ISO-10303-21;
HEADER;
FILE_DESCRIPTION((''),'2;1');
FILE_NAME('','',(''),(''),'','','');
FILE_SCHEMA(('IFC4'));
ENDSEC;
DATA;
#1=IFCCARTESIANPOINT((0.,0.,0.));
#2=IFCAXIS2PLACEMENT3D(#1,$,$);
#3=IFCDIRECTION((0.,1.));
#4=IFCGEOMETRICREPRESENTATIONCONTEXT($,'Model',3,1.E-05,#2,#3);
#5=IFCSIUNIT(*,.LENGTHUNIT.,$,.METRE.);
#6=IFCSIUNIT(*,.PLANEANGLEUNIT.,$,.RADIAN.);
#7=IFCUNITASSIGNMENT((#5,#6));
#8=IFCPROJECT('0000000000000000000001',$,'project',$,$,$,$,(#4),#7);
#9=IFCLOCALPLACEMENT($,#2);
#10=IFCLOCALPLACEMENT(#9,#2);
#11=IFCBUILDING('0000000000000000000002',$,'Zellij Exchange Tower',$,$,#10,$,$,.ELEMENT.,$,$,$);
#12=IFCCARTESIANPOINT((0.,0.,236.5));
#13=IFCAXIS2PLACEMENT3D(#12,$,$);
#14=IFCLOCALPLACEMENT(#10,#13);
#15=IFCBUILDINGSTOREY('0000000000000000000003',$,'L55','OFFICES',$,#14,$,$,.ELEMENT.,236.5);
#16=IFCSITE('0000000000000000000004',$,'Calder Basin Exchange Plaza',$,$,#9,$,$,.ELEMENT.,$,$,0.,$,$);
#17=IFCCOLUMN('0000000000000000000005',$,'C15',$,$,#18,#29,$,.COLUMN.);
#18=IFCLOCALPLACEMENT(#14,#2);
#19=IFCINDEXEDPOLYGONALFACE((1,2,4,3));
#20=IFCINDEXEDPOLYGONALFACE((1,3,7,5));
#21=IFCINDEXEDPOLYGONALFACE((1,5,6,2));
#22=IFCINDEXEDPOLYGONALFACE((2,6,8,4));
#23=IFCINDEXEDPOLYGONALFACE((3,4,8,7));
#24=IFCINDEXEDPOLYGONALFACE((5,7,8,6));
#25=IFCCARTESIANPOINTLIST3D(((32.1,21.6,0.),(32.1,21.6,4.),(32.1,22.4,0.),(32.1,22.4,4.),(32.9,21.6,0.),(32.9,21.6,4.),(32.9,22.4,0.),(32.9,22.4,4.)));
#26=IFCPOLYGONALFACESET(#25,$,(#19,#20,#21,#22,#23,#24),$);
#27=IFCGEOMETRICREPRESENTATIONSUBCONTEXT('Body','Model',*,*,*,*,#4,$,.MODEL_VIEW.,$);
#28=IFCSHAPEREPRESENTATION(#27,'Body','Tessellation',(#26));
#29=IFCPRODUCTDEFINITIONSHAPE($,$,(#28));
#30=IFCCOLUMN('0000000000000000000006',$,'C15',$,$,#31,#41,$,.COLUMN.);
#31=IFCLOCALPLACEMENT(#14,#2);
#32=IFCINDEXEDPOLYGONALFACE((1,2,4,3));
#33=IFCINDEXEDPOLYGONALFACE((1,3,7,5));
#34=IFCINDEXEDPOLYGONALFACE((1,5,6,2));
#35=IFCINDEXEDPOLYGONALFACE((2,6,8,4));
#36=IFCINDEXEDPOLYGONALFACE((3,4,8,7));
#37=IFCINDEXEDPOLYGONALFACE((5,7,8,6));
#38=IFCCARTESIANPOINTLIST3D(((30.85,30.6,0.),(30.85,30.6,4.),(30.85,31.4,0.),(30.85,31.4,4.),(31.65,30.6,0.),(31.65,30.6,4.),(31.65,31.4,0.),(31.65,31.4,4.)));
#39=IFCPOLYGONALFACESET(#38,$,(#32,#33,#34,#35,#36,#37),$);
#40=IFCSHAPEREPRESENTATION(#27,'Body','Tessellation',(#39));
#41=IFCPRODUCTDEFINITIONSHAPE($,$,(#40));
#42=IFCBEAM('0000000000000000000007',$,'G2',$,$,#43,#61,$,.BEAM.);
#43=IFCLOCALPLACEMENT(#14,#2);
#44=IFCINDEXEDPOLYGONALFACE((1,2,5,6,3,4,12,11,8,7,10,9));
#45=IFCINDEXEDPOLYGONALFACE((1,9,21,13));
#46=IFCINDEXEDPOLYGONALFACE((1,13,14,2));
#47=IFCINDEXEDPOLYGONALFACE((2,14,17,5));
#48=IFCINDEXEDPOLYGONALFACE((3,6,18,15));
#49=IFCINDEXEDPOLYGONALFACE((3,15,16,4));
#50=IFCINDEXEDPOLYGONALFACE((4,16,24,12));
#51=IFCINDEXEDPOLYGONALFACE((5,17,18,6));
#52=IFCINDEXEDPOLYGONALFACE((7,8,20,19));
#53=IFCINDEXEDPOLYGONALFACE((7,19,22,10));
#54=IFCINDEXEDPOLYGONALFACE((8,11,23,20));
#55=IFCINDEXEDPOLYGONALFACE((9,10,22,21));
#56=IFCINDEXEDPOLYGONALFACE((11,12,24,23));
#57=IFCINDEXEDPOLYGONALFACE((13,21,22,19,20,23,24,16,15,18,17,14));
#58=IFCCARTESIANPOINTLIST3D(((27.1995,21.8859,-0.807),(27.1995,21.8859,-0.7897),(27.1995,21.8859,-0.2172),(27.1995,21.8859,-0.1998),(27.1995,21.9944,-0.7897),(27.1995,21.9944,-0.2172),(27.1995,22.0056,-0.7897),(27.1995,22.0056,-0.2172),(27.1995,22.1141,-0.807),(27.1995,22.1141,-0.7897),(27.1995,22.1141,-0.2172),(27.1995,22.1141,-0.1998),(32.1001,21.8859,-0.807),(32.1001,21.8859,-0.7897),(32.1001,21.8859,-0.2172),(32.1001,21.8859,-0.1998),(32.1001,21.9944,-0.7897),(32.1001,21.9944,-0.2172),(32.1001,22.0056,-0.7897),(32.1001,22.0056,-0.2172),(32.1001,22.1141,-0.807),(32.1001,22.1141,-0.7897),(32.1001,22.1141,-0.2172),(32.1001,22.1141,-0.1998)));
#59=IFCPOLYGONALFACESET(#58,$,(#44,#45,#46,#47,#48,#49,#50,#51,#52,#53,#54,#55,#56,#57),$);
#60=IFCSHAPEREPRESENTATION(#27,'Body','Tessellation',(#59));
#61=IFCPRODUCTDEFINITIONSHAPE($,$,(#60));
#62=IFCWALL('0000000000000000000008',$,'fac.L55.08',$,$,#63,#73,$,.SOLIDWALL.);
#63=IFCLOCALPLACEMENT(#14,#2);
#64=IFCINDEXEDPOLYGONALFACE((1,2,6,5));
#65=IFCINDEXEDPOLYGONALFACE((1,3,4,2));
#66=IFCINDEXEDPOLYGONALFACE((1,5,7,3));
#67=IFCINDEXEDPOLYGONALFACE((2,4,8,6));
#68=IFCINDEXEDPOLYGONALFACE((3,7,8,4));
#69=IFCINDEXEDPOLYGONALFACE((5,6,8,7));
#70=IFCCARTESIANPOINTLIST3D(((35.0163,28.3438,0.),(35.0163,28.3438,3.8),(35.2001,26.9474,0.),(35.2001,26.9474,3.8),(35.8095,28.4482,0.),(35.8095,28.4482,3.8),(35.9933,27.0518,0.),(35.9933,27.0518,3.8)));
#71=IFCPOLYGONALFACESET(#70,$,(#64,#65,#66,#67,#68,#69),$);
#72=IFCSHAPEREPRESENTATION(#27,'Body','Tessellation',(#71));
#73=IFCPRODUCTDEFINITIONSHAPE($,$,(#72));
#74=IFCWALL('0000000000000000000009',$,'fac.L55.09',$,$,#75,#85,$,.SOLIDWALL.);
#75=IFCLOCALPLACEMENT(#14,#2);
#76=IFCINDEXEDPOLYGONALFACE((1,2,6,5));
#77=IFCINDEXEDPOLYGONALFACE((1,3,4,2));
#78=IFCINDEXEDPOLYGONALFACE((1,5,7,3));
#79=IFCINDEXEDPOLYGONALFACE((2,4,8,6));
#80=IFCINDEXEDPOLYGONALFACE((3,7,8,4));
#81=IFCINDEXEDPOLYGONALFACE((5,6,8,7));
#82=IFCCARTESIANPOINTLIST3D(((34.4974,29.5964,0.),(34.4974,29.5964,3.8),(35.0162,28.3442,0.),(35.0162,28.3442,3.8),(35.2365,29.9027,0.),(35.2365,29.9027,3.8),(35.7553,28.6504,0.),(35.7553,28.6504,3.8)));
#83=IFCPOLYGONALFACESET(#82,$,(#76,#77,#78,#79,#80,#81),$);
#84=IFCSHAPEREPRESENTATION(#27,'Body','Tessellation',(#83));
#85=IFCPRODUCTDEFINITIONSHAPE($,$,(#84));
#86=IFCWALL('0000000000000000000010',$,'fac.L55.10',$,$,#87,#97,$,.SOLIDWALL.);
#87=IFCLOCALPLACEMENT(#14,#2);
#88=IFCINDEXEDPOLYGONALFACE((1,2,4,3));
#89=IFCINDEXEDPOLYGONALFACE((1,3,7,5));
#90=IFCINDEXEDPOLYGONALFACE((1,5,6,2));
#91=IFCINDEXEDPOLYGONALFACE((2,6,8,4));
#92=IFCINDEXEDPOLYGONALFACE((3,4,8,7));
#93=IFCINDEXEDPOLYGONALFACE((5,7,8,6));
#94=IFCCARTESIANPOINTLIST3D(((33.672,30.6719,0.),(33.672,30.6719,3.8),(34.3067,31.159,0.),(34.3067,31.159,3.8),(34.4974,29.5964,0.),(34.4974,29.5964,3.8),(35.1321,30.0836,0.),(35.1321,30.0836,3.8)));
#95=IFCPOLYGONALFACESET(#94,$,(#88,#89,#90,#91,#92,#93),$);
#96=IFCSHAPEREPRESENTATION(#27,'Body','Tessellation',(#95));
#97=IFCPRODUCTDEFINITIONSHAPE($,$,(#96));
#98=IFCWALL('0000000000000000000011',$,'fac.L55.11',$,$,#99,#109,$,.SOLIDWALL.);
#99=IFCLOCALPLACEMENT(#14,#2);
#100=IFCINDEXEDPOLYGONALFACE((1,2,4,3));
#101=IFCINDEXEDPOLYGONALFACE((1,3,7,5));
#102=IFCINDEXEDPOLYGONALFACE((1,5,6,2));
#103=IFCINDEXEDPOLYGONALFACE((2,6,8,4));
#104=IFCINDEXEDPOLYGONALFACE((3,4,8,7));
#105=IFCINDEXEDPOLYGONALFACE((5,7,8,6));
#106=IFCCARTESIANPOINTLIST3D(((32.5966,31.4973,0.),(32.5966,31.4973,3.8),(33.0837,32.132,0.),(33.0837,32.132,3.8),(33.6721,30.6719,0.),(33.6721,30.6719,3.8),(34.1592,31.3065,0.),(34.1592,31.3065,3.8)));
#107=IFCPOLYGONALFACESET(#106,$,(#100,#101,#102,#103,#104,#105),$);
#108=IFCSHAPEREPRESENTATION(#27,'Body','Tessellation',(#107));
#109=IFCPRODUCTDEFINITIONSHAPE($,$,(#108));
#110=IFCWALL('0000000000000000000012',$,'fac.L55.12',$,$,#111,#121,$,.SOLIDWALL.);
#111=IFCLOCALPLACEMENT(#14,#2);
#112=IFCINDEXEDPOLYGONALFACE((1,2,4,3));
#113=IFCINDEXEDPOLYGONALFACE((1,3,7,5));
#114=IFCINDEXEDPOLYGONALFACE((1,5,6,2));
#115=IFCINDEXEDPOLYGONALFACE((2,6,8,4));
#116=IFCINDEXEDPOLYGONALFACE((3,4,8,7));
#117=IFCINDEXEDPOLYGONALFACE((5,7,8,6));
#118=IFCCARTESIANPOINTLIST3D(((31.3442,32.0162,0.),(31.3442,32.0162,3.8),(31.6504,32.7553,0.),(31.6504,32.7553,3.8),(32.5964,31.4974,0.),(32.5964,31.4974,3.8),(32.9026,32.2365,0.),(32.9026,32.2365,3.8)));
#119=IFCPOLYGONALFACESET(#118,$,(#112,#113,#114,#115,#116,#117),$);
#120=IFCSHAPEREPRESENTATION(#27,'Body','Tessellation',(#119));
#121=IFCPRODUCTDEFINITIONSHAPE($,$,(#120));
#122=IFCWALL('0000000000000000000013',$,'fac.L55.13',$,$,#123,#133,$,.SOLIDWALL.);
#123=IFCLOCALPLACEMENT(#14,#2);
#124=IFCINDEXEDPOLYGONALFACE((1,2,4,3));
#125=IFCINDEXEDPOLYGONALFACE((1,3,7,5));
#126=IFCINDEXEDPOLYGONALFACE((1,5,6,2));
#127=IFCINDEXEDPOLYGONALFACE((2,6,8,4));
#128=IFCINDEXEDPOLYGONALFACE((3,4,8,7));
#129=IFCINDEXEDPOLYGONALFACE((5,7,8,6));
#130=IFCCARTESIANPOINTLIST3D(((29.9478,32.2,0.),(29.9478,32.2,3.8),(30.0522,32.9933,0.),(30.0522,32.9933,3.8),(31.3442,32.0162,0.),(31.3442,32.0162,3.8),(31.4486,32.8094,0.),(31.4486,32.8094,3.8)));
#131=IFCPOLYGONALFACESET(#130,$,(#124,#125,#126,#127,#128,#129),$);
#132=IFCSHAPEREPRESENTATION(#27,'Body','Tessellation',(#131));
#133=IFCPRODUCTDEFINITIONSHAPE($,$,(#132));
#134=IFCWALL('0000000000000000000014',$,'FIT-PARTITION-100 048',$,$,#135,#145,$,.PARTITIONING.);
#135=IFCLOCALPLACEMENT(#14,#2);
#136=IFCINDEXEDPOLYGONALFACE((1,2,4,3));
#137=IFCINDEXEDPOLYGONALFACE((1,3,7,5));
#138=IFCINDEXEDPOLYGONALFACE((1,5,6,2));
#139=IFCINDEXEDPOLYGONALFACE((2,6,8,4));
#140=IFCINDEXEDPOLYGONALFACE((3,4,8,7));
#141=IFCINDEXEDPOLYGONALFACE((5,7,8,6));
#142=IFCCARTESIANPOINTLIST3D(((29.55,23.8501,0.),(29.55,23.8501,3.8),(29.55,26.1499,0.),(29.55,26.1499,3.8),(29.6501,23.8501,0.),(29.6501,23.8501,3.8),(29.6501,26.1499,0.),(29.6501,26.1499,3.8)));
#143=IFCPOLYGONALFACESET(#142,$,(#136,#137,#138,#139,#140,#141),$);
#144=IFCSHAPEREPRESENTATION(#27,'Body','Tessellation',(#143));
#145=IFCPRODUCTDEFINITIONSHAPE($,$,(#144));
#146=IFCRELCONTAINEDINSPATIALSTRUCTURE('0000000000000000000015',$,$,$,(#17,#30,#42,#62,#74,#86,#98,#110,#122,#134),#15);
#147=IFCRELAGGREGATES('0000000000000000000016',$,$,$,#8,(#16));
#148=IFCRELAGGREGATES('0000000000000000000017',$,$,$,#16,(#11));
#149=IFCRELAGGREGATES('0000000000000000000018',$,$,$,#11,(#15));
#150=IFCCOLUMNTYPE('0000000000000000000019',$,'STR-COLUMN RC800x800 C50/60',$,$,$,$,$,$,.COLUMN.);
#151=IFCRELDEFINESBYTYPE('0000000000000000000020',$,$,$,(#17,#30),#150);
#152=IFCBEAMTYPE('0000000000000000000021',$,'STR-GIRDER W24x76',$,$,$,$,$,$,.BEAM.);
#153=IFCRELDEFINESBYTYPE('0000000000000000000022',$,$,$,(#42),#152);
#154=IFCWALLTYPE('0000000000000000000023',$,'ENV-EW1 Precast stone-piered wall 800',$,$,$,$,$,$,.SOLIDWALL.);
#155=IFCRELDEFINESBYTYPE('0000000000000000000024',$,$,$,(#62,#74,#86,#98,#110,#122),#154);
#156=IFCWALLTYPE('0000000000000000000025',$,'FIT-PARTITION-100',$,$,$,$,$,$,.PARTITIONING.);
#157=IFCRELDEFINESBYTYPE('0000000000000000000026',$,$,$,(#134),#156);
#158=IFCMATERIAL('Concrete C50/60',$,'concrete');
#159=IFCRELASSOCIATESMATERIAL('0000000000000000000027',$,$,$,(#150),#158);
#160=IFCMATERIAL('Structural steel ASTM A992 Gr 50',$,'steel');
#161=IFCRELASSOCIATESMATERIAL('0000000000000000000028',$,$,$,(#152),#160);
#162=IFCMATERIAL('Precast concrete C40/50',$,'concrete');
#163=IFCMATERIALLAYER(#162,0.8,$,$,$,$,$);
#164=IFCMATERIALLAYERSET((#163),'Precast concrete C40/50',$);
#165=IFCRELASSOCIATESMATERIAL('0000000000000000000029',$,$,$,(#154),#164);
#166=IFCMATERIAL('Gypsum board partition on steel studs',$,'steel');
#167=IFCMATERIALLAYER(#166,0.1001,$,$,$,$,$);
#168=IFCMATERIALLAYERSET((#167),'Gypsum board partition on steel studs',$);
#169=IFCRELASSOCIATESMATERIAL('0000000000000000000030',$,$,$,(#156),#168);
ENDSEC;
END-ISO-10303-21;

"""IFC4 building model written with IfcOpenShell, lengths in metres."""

from ifc_helpers import new_model, si_unit, direction, frame, frame_2d, origin, origin_2d, place, context, subcontext, project, spatial, rectangle, i_section, extrude, material, layer, layer_set, material_profile, profile_set, type_object, element, save


model = new_model("IFC4")

# Units and contexts
model_context = context("Model", 3, precision=1e-05, world=origin(), true_north=direction((0.0, 1.0)))
body_context = subcontext(model_context, "Body", "Model", "MODEL_VIEW")
ifc_project = project(units=[si_unit("LENGTHUNIT", "METRE"), si_unit("PLANEANGLEUNIT", "RADIAN")], contexts=[model_context])

# Site, building, storey
site_placement = place(None, origin())
site = spatial("IfcSite", under=ifc_project, at=site_placement, Name="Calder Basin Exchange Plaza", CompositionType="ELEMENT", RefElevation=0.0)
building_placement = place(site_placement, origin())
building = spatial("IfcBuilding", under=site, at=building_placement, Name="Zellij Exchange Tower", CompositionType="ELEMENT")
storey_placement = place(building_placement, frame((0.0, 0.0, 236.5)))
storey = spatial("IfcBuildingStorey", under=building, at=storey_placement, Name="L55", Description="OFFICES", CompositionType="ELEMENT", Elevation=236.5)

# Columns
ifc_material_1 = material(Name="Concrete C50/60", Category="concrete")
ifc_material_profile_1 = material_profile(ifc_material_1, rectangle(XDim=0.8, YDim=0.8, at=origin_2d()), Name="STR-COLUMN RC800x800 C50/60")
ifc_profile_set_1 = profile_set([ifc_material_profile_1], Name="Concrete C50/60")
column_type = type_object("IfcColumnType", Name="STR-COLUMN RC800x800 C50/60", PredefinedType="COLUMN", material=ifc_profile_set_1)
for number, where, z_axis, x_axis, name in (
    (1, (32.5, 22.0, 0.0), (0.0, 0.0, 1.0), (1.0, 0.0, 0.0), "C15"),
    (2, (31.25, 31.0, 0.0), (0.0, 0.0, 1.0), (1.0, 0.0, 0.0), "C15"),
):
    element("IfcColumn", number, at=place(storey_placement, frame(where, z_axis=z_axis, x_axis=x_axis)), inside=storey, type_object=column_type, Name=name, PredefinedType="COLUMN", context=body_context, shape_type="SweptSolid", body=[
        extrude(rectangle(XDim=0.8, YDim=0.8, at=origin_2d()), origin(), (0.0, 0.0, 1.0), 4.0),
    ])

# Beam
ifc_material_2 = material(Name="Structural steel ASTM A992 Gr 50", Category="steel")
ifc_material_profile_2 = material_profile(ifc_material_2, i_section(OverallWidth=0.2283, OverallDepth=0.6072, WebThickness=0.0112, FlangeThickness=0.0173, at=origin_2d()), Name="W24x76")
ifc_profile_set_2 = profile_set([ifc_material_profile_2], Name="Structural steel ASTM A992 Gr 50")
beam_type = type_object("IfcBeamType", Name="STR-GIRDER W24x76", PredefinedType="BEAM", material=ifc_profile_set_2)
beam_placement = place(storey_placement, frame((27.1995, 22.0, -0.5034), z_axis=(1.0, 0.0, 0.0), x_axis=(0.0, 1.0, 0.0)))
element("IfcBeam", 3, at=beam_placement, inside=storey, type_object=beam_type, Name="G2", PredefinedType="BEAM", context=body_context, shape_type="SweptSolid", body=[
    extrude(i_section(OverallWidth=0.2283, OverallDepth=0.6072, WebThickness=0.0112, FlangeThickness=0.0173, at=origin_2d()), origin(), (0.0, 0.0, 1.0), 4.9006),
])

# Walls
ifc_material_3 = material(Name="Precast concrete C40/50", Category="concrete")
ifc_layer_1 = layer(ifc_material_3, 0.8)
ifc_layer_set_1 = layer_set([ifc_layer_1], Name="Precast concrete C40/50")
wall_type_1 = type_object("IfcWallType", Name="ENV-EW1 Precast stone-piered wall 800", PredefinedType="SOLIDWALL", material=ifc_layer_set_1)
wall_1_placement = place(storey_placement, frame((35.5967, 26.9998, 0.0), z_axis=(0.0, 0.0, 1.0), x_axis=(-0.130517, 0.991446, 0.0)))
element("IfcWall", 4, at=wall_1_placement, inside=storey, type_object=wall_type_1, Name="fac.L55.08", PredefinedType="SOLIDWALL", context=body_context, shape_type="SweptSolid", body=[
    extrude(rectangle(XDim=1.4084, YDim=0.8, at=frame_2d((0.7041, 0.0))), origin(), (0.0, 0.0, 1.0), 3.8),
])
wall_2_placement = place(storey_placement, frame((35.3857, 28.4973, 0.0), z_axis=(0.0, 0.0, 1.0), x_axis=(-0.38276, 0.923848, 0.0)))
element("IfcWall", 5, at=wall_2_placement, inside=storey, type_object=wall_type_1, Name="fac.L55.09", PredefinedType="SOLIDWALL", context=body_context, shape_type="SweptSolid", body=[
    extrude(rectangle(XDim=1.3555, YDim=0.8, at=frame_2d((0.6777, 0.0))), origin(), (0.0, 0.0, 1.0), 3.8),
])
for number, where, z_axis, x_axis, name in (
    (6, (34.8147, 29.8401, 0.0), (0.0, 0.0, 1.0), (-0.608866, 0.793273, 0.0), "fac.L55.10"),
    (7, (33.9155, 30.9893, 0.0), (0.0, 0.0, 1.0), (-0.793273, 0.608866, 0.0), "fac.L55.11"),
):
    element("IfcWall", number, at=place(storey_placement, frame(where, z_axis=z_axis, x_axis=x_axis)), inside=storey, type_object=wall_type_1, Name=name, PredefinedType="SOLIDWALL", context=body_context, shape_type="SweptSolid", body=[
        extrude(rectangle(XDim=1.3557, YDim=0.8, at=frame_2d((0.6777, 0.0))), origin(), (0.0, 0.0, 1.0), 3.8),
    ])
wall_3_placement = place(storey_placement, frame((32.7495, 31.8669, 0.0), z_axis=(0.0, 0.0, 1.0), x_axis=(-0.923848, 0.38276, 0.0)))
element("IfcWall", 8, at=wall_3_placement, inside=storey, type_object=wall_type_1, Name="fac.L55.12", PredefinedType="SOLIDWALL", context=body_context, shape_type="SweptSolid", body=[
    extrude(rectangle(XDim=1.3555, YDim=0.8, at=frame_2d((0.6777, 0.0))), origin(), (0.0, 0.0, 1.0), 3.8),
])
wall_4_placement = place(storey_placement, frame((31.3962, 32.4128, 0.0), z_axis=(0.0, 0.0, 1.0), x_axis=(-0.991446, 0.130517, 0.0)))
element("IfcWall", 9, at=wall_4_placement, inside=storey, type_object=wall_type_1, Name="fac.L55.13", PredefinedType="SOLIDWALL", context=body_context, shape_type="SweptSolid", body=[
    extrude(rectangle(XDim=1.4084, YDim=0.8, at=frame_2d((0.7041, 0.0))), origin(), (0.0, 0.0, 1.0), 3.8),
])

# Wall
ifc_material_4 = material(Name="Gypsum board partition on steel studs", Category="steel")
ifc_layer_2 = layer(ifc_material_4, 0.1001)
ifc_layer_set_2 = layer_set([ifc_layer_2], Name="Gypsum board partition on steel studs")
wall_type_2 = type_object("IfcWallType", Name="FIT-PARTITION-100", PredefinedType="PARTITIONING", material=ifc_layer_set_2)
wall_5_placement = place(storey_placement, frame((29.6001, 23.8501, 0.0), z_axis=(0.0, 0.0, 1.0), x_axis=(0.0, 1.0, 0.0)))
element("IfcWall", 10, at=wall_5_placement, inside=storey, type_object=wall_type_2, Name="FIT-PARTITION-100 048", PredefinedType="PARTITIONING", context=body_context, shape_type="SweptSolid", body=[
    extrude(rectangle(XDim=2.2998, YDim=0.1001, at=frame_2d((1.1499, 0.0))), origin(), (0.0, 0.0, 1.0), 3.8),
])

save(model, "model.ifc")
